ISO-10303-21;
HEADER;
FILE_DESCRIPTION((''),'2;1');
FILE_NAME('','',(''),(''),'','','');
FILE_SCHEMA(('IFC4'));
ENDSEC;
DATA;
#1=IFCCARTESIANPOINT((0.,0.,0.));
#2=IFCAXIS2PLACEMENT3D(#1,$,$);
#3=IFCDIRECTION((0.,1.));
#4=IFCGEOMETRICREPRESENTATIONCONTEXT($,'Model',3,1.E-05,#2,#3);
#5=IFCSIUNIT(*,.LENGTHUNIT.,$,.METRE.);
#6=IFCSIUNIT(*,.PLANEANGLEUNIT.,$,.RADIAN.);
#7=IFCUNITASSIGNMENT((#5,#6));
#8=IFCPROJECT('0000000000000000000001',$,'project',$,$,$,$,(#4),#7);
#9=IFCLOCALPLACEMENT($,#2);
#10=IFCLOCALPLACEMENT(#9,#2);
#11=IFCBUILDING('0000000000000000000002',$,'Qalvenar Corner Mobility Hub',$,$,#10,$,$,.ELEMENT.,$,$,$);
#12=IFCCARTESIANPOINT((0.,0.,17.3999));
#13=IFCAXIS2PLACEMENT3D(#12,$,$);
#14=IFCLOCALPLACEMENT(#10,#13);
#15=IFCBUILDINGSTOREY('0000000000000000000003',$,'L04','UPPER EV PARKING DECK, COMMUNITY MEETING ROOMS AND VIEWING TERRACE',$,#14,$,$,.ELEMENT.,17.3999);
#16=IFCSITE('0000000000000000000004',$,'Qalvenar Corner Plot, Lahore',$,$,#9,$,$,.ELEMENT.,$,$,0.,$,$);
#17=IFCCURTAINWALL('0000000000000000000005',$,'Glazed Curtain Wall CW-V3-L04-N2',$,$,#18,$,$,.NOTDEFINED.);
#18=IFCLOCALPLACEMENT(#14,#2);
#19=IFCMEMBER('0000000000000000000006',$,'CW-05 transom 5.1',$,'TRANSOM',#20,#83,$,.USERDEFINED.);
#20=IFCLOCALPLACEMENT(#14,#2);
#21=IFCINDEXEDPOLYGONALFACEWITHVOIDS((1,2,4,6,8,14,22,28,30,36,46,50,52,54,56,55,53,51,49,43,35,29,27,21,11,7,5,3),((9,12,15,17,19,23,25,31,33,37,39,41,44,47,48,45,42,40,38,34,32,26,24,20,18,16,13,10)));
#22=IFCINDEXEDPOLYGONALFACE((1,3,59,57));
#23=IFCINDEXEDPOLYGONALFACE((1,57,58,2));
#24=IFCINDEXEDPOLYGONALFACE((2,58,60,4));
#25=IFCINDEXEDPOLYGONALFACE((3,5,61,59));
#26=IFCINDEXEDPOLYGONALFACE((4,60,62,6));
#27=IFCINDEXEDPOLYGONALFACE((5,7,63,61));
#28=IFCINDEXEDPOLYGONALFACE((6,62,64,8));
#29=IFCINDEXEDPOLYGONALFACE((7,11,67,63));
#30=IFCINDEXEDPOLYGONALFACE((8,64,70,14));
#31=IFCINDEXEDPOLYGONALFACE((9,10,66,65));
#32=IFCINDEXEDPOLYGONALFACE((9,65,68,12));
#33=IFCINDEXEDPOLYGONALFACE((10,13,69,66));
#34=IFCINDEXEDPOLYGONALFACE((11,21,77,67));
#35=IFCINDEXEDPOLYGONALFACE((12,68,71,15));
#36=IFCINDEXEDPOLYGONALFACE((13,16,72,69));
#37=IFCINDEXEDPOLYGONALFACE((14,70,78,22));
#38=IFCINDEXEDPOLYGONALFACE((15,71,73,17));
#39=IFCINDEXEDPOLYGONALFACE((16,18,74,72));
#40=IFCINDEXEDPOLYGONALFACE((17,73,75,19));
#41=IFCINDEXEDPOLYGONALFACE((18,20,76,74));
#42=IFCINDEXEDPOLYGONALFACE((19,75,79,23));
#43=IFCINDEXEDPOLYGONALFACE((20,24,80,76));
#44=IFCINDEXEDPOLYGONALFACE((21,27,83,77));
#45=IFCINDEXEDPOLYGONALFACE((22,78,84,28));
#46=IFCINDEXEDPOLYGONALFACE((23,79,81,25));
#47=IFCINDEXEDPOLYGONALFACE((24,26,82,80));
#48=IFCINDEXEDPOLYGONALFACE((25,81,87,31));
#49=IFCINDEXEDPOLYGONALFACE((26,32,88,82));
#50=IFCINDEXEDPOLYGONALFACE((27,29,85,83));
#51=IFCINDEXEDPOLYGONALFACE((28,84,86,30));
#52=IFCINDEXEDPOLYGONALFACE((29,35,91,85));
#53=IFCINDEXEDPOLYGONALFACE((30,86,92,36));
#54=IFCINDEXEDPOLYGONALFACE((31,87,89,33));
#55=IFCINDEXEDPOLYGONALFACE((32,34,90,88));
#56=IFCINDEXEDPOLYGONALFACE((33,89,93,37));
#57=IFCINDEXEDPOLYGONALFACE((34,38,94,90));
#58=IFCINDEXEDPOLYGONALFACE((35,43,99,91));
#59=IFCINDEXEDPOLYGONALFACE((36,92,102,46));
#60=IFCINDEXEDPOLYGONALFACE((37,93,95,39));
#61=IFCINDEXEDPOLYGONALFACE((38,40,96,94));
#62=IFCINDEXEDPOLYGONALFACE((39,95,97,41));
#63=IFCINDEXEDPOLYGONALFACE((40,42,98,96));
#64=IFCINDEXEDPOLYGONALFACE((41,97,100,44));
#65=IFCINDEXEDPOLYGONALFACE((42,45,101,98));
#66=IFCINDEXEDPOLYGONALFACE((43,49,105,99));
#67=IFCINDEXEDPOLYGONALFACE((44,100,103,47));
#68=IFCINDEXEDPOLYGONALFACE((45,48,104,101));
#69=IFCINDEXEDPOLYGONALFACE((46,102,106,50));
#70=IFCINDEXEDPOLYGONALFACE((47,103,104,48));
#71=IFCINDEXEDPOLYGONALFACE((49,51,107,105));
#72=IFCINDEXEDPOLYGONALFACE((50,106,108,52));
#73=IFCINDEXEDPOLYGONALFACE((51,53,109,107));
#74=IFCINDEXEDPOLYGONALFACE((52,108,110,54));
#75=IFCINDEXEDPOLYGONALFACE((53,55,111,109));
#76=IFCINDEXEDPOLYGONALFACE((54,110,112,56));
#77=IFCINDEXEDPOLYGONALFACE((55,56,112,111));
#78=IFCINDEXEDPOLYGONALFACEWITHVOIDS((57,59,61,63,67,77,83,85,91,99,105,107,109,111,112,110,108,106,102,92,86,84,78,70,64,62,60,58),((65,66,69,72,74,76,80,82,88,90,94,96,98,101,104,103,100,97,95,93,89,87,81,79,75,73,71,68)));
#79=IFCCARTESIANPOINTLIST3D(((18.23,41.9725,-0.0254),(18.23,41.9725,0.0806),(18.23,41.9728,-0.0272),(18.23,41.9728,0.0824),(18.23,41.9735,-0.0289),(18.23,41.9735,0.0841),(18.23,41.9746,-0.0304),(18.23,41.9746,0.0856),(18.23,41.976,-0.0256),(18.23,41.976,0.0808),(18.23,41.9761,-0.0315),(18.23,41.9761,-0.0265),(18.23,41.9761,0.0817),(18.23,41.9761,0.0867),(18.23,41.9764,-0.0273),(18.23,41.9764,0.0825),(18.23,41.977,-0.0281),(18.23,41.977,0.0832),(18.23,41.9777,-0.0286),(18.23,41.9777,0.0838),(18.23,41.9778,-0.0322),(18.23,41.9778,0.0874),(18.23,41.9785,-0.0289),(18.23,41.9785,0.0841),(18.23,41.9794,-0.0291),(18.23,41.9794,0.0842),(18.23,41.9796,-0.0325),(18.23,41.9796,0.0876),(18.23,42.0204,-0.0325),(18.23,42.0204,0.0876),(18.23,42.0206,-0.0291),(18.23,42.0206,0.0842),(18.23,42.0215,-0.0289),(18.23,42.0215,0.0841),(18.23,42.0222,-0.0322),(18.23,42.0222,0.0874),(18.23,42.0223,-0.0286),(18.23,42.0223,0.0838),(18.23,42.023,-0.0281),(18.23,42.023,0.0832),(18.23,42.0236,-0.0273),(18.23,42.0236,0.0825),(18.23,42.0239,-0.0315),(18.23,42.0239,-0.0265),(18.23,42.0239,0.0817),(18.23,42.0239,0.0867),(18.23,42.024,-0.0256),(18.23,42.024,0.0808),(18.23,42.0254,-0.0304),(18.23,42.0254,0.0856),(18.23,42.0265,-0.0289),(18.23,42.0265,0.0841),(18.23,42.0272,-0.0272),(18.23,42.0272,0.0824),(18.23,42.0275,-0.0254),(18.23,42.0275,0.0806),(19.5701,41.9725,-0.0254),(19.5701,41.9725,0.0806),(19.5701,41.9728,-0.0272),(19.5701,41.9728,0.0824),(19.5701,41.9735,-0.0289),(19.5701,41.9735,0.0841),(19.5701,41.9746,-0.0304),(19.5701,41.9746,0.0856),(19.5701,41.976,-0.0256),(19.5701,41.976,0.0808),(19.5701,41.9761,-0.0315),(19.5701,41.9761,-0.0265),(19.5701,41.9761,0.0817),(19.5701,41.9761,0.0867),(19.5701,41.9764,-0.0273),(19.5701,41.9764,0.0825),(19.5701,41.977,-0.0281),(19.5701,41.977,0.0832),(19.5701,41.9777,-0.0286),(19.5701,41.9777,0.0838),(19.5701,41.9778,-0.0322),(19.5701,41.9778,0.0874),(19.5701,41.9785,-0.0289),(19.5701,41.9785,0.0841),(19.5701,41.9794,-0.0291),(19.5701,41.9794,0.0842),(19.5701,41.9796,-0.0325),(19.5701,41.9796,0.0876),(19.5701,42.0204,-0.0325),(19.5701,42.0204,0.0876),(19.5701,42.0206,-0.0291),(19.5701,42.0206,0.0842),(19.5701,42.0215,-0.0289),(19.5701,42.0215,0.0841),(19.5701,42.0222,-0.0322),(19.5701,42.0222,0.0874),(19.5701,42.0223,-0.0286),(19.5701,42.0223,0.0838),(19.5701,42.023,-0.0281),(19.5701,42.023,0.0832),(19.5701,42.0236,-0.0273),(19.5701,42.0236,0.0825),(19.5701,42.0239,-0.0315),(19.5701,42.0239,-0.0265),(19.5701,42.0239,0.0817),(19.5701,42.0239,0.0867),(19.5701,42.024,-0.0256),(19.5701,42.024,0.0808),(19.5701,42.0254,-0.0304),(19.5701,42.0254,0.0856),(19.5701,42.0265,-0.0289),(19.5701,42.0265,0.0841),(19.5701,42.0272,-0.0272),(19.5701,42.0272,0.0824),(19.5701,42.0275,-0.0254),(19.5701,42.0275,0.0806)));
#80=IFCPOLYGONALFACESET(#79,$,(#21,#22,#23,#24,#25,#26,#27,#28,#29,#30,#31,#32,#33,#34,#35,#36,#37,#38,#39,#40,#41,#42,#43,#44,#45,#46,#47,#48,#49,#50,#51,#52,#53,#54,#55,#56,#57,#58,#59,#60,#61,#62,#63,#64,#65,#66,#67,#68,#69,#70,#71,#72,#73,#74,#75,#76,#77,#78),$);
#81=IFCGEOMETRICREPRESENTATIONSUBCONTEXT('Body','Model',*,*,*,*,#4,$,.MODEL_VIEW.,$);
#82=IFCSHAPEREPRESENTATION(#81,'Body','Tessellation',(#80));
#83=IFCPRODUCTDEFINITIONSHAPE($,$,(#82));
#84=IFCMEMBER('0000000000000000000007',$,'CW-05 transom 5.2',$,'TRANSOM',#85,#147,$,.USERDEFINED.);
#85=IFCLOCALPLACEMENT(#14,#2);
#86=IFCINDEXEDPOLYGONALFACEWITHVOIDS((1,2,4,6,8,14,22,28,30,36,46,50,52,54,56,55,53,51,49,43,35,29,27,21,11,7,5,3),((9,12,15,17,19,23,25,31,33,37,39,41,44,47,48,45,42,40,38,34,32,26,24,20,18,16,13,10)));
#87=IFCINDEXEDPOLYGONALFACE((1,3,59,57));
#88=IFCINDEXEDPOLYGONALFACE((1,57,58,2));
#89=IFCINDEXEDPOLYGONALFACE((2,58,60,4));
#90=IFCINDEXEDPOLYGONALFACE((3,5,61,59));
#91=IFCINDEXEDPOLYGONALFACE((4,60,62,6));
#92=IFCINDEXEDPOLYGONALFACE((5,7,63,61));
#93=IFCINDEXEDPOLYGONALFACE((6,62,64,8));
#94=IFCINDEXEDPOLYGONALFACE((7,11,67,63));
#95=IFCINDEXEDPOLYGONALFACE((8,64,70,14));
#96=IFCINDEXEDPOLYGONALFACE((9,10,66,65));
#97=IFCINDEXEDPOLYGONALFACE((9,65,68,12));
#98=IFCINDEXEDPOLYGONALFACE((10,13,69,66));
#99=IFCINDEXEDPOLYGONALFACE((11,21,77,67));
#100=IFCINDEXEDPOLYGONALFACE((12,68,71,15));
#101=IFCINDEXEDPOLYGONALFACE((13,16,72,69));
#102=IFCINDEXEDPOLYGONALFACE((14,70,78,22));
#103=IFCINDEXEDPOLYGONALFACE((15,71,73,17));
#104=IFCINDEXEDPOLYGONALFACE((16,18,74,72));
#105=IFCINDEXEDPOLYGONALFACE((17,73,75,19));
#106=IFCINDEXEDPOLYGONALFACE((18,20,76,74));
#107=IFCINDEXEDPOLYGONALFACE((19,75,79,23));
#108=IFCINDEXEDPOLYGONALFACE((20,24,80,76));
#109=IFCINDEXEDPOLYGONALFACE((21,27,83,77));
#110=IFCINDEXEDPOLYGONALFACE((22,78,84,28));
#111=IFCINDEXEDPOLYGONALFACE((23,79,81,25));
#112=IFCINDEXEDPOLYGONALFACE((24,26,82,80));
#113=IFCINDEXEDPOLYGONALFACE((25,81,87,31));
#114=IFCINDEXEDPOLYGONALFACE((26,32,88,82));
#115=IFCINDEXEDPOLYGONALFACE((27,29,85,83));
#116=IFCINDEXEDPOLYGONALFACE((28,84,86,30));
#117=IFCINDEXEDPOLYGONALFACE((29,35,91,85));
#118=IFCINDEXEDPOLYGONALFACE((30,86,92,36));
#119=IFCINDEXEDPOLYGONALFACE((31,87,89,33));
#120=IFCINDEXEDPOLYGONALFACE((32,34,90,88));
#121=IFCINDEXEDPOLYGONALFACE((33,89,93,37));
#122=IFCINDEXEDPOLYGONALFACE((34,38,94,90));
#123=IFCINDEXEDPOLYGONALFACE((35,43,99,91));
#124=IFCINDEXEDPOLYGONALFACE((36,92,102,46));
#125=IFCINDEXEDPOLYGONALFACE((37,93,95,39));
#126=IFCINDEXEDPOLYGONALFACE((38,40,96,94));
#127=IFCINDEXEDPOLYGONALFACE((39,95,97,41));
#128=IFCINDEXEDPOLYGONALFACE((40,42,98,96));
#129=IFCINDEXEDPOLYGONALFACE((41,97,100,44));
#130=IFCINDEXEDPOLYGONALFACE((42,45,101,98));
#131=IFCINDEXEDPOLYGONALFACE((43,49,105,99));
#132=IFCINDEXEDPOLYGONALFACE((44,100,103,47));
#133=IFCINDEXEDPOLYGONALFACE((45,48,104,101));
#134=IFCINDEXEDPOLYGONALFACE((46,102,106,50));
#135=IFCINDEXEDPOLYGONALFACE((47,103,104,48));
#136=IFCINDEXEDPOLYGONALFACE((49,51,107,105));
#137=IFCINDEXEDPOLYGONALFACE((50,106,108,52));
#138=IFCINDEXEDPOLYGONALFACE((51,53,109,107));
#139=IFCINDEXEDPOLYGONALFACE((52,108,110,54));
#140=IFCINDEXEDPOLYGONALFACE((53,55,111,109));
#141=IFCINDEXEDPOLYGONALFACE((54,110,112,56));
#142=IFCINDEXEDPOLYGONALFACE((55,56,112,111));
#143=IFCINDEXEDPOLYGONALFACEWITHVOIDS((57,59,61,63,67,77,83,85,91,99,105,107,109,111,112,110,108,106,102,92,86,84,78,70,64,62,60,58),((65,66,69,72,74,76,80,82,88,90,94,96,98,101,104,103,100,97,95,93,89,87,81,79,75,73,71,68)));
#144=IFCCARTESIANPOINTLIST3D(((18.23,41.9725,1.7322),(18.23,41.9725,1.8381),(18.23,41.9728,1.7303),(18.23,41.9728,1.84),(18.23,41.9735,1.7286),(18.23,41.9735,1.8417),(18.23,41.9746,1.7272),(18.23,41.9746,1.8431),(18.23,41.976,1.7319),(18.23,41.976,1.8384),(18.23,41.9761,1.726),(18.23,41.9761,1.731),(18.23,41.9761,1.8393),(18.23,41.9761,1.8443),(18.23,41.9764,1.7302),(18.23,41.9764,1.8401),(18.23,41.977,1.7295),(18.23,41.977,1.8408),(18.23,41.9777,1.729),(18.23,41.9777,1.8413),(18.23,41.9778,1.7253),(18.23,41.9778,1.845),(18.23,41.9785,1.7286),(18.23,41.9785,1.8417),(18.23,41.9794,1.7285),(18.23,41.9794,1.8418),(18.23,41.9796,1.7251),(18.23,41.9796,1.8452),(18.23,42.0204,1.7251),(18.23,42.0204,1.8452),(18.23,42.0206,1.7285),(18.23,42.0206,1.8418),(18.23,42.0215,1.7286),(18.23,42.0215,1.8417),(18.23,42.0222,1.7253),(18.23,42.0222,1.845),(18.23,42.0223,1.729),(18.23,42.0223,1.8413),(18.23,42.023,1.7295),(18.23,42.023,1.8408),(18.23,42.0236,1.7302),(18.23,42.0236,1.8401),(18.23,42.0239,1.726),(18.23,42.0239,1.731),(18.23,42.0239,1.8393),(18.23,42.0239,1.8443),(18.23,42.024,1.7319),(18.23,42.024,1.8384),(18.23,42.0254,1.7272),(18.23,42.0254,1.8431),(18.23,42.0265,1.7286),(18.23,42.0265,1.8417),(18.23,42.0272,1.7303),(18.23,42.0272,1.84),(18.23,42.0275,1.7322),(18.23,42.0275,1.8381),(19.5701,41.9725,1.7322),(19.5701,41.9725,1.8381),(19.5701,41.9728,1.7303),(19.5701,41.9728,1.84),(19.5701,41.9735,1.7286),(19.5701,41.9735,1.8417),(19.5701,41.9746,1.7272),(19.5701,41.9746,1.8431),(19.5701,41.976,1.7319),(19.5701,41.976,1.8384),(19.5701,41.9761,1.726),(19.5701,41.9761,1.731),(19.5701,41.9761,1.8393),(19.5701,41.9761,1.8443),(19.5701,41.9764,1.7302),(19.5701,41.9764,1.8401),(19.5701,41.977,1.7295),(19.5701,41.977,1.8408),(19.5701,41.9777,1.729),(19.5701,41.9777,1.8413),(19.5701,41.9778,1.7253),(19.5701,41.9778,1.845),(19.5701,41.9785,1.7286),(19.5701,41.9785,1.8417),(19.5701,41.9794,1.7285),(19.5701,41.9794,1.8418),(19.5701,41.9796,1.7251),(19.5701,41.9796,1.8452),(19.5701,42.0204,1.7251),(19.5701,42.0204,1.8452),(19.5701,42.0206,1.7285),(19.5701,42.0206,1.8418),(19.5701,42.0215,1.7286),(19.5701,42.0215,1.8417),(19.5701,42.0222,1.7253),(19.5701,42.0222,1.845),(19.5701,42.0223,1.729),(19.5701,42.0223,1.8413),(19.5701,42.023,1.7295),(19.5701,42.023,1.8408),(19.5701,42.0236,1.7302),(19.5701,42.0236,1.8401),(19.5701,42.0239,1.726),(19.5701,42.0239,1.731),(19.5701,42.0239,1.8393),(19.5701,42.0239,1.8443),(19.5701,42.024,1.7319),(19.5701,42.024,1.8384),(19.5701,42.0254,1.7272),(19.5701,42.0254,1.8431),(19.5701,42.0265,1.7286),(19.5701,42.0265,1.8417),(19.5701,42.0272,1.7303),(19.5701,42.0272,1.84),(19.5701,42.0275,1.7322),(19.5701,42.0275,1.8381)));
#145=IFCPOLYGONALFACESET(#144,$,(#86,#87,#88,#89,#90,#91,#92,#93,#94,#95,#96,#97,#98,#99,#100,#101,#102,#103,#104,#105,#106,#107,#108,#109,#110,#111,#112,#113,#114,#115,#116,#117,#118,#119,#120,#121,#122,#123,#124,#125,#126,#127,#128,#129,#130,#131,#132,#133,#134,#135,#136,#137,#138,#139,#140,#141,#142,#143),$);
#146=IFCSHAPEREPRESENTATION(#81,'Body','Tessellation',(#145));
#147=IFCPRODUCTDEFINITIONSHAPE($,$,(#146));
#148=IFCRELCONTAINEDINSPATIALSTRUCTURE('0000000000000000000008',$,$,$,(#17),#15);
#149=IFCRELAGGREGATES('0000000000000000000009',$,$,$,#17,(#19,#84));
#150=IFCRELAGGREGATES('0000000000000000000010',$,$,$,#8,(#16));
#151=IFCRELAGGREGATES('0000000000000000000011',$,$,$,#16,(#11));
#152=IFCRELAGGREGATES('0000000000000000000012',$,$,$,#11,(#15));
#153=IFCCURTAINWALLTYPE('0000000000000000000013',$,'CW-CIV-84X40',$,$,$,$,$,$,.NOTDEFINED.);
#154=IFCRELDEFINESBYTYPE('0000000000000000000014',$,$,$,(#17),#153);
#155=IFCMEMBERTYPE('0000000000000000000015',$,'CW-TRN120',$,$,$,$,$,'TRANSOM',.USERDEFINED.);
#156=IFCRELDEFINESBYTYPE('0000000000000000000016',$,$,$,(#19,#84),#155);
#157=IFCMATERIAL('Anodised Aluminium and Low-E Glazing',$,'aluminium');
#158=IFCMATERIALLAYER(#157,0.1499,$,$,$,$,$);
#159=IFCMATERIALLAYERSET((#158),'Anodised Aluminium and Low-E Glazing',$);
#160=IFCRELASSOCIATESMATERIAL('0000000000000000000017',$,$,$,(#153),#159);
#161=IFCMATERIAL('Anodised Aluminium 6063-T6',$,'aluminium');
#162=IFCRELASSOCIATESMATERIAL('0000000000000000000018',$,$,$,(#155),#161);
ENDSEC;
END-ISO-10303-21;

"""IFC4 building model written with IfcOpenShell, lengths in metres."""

from ifc_helpers import new_model, si_unit, direction, frame, origin, origin_2d, place, context, subcontext, project, spatial, hollow_rectangle, extrude, material, layer, layer_set, material_profile, profile_set, type_object, element, aggregate, save


model = new_model("IFC4")

# Units and contexts
model_context = context("Model", 3, precision=1e-05, world=origin(), true_north=direction((0.0, 1.0)))
body_context = subcontext(model_context, "Body", "Model", "MODEL_VIEW")
ifc_project = project(units=[si_unit("LENGTHUNIT", "METRE"), si_unit("PLANEANGLEUNIT", "RADIAN")], contexts=[model_context])

# Site, building, storey
site_placement = place(None, origin())
site = spatial("IfcSite", under=ifc_project, at=site_placement, Name="Qalvenar Corner Plot, Lahore", CompositionType="ELEMENT", RefElevation=0.0)
building_placement = place(site_placement, origin())
building = spatial("IfcBuilding", under=site, at=building_placement, Name="Qalvenar Corner Mobility Hub", CompositionType="ELEMENT")
storey_placement = place(building_placement, frame((0.0, 0.0, 17.3999)))
storey = spatial("IfcBuildingStorey", under=building, at=storey_placement, Name="L04", Description="UPPER EV PARKING DECK, COMMUNITY MEETING ROOMS AND VIEWING TERRACE", CompositionType="ELEMENT", Elevation=17.3999)

# Curtain wall, members
ifc_material_1 = material(Name="Anodised Aluminium and Low-E Glazing", Category="aluminium")
ifc_layer_1 = layer(ifc_material_1, 0.1499)
ifc_layer_set_1 = layer_set([ifc_layer_1], Name="Anodised Aluminium and Low-E Glazing")
curtain_wall_type = type_object("IfcCurtainWallType", Name="CW-CIV-84X40", PredefinedType="NOTDEFINED", material=ifc_layer_set_1)
curtain_wall_placement = place(storey_placement, origin())
curtain_wall = element("IfcCurtainWall", 1, at=curtain_wall_placement, inside=storey, type_object=curtain_wall_type, Name="Glazed Curtain Wall CW-V3-L04-N2", PredefinedType="NOTDEFINED")
ifc_material_2 = material(Name="Anodised Aluminium 6063-T6", Category="aluminium")
ifc_material_profile_1 = material_profile(ifc_material_2, hollow_rectangle(XDim=0.0549, YDim=0.1201, WallThickness=0.0034, InnerFilletRadius=0.0034, OuterFilletRadius=0.0071, at=origin_2d()), Name="RHS120x55x3.5")
ifc_profile_set_1 = profile_set([ifc_material_profile_1], Name="Anodised Aluminium 6063-T6")
member_type_1 = type_object("IfcMemberType", Name="CW-TRN120", ElementType="TRANSOM", PredefinedType="USERDEFINED", material=ifc_profile_set_1)
member_1_placement = place(storey_placement, frame((19.5701, 42.0, 0.0276), z_axis=(-1.0, 0.0, 0.0), x_axis=(0.0, -1.0, 0.0)))
member_1 = element("IfcMember", 2, at=member_1_placement, type_object=member_type_1, Name="CW-05 transom 5.1", ObjectType="TRANSOM", PredefinedType="USERDEFINED", context=body_context, shape_type="SweptSolid", body=[
    extrude(hollow_rectangle(XDim=0.0549, YDim=0.1201, WallThickness=0.0034, InnerFilletRadius=0.0034, OuterFilletRadius=0.0071, at=origin_2d()), origin(), (0.0, 0.0, 1.0), 1.3401),
])
member_2_placement = place(storey_placement, frame((19.5701, 42.0, 1.7852), z_axis=(-1.0, 0.0, 0.0), x_axis=(0.0, -1.0, 0.0)))
member_2 = element("IfcMember", 3, at=member_2_placement, type_object=member_type_1, Name="CW-05 transom 5.2", ObjectType="TRANSOM", PredefinedType="USERDEFINED", context=body_context, shape_type="SweptSolid", body=[
    extrude(hollow_rectangle(XDim=0.0549, YDim=0.1201, WallThickness=0.0034, InnerFilletRadius=0.0034, OuterFilletRadius=0.0071, at=origin_2d()), origin(), (0.0, 0.0, 1.0), 1.3401),
])
aggregate(curtain_wall, [member_1, member_2])

save(model, "model.ifc")
